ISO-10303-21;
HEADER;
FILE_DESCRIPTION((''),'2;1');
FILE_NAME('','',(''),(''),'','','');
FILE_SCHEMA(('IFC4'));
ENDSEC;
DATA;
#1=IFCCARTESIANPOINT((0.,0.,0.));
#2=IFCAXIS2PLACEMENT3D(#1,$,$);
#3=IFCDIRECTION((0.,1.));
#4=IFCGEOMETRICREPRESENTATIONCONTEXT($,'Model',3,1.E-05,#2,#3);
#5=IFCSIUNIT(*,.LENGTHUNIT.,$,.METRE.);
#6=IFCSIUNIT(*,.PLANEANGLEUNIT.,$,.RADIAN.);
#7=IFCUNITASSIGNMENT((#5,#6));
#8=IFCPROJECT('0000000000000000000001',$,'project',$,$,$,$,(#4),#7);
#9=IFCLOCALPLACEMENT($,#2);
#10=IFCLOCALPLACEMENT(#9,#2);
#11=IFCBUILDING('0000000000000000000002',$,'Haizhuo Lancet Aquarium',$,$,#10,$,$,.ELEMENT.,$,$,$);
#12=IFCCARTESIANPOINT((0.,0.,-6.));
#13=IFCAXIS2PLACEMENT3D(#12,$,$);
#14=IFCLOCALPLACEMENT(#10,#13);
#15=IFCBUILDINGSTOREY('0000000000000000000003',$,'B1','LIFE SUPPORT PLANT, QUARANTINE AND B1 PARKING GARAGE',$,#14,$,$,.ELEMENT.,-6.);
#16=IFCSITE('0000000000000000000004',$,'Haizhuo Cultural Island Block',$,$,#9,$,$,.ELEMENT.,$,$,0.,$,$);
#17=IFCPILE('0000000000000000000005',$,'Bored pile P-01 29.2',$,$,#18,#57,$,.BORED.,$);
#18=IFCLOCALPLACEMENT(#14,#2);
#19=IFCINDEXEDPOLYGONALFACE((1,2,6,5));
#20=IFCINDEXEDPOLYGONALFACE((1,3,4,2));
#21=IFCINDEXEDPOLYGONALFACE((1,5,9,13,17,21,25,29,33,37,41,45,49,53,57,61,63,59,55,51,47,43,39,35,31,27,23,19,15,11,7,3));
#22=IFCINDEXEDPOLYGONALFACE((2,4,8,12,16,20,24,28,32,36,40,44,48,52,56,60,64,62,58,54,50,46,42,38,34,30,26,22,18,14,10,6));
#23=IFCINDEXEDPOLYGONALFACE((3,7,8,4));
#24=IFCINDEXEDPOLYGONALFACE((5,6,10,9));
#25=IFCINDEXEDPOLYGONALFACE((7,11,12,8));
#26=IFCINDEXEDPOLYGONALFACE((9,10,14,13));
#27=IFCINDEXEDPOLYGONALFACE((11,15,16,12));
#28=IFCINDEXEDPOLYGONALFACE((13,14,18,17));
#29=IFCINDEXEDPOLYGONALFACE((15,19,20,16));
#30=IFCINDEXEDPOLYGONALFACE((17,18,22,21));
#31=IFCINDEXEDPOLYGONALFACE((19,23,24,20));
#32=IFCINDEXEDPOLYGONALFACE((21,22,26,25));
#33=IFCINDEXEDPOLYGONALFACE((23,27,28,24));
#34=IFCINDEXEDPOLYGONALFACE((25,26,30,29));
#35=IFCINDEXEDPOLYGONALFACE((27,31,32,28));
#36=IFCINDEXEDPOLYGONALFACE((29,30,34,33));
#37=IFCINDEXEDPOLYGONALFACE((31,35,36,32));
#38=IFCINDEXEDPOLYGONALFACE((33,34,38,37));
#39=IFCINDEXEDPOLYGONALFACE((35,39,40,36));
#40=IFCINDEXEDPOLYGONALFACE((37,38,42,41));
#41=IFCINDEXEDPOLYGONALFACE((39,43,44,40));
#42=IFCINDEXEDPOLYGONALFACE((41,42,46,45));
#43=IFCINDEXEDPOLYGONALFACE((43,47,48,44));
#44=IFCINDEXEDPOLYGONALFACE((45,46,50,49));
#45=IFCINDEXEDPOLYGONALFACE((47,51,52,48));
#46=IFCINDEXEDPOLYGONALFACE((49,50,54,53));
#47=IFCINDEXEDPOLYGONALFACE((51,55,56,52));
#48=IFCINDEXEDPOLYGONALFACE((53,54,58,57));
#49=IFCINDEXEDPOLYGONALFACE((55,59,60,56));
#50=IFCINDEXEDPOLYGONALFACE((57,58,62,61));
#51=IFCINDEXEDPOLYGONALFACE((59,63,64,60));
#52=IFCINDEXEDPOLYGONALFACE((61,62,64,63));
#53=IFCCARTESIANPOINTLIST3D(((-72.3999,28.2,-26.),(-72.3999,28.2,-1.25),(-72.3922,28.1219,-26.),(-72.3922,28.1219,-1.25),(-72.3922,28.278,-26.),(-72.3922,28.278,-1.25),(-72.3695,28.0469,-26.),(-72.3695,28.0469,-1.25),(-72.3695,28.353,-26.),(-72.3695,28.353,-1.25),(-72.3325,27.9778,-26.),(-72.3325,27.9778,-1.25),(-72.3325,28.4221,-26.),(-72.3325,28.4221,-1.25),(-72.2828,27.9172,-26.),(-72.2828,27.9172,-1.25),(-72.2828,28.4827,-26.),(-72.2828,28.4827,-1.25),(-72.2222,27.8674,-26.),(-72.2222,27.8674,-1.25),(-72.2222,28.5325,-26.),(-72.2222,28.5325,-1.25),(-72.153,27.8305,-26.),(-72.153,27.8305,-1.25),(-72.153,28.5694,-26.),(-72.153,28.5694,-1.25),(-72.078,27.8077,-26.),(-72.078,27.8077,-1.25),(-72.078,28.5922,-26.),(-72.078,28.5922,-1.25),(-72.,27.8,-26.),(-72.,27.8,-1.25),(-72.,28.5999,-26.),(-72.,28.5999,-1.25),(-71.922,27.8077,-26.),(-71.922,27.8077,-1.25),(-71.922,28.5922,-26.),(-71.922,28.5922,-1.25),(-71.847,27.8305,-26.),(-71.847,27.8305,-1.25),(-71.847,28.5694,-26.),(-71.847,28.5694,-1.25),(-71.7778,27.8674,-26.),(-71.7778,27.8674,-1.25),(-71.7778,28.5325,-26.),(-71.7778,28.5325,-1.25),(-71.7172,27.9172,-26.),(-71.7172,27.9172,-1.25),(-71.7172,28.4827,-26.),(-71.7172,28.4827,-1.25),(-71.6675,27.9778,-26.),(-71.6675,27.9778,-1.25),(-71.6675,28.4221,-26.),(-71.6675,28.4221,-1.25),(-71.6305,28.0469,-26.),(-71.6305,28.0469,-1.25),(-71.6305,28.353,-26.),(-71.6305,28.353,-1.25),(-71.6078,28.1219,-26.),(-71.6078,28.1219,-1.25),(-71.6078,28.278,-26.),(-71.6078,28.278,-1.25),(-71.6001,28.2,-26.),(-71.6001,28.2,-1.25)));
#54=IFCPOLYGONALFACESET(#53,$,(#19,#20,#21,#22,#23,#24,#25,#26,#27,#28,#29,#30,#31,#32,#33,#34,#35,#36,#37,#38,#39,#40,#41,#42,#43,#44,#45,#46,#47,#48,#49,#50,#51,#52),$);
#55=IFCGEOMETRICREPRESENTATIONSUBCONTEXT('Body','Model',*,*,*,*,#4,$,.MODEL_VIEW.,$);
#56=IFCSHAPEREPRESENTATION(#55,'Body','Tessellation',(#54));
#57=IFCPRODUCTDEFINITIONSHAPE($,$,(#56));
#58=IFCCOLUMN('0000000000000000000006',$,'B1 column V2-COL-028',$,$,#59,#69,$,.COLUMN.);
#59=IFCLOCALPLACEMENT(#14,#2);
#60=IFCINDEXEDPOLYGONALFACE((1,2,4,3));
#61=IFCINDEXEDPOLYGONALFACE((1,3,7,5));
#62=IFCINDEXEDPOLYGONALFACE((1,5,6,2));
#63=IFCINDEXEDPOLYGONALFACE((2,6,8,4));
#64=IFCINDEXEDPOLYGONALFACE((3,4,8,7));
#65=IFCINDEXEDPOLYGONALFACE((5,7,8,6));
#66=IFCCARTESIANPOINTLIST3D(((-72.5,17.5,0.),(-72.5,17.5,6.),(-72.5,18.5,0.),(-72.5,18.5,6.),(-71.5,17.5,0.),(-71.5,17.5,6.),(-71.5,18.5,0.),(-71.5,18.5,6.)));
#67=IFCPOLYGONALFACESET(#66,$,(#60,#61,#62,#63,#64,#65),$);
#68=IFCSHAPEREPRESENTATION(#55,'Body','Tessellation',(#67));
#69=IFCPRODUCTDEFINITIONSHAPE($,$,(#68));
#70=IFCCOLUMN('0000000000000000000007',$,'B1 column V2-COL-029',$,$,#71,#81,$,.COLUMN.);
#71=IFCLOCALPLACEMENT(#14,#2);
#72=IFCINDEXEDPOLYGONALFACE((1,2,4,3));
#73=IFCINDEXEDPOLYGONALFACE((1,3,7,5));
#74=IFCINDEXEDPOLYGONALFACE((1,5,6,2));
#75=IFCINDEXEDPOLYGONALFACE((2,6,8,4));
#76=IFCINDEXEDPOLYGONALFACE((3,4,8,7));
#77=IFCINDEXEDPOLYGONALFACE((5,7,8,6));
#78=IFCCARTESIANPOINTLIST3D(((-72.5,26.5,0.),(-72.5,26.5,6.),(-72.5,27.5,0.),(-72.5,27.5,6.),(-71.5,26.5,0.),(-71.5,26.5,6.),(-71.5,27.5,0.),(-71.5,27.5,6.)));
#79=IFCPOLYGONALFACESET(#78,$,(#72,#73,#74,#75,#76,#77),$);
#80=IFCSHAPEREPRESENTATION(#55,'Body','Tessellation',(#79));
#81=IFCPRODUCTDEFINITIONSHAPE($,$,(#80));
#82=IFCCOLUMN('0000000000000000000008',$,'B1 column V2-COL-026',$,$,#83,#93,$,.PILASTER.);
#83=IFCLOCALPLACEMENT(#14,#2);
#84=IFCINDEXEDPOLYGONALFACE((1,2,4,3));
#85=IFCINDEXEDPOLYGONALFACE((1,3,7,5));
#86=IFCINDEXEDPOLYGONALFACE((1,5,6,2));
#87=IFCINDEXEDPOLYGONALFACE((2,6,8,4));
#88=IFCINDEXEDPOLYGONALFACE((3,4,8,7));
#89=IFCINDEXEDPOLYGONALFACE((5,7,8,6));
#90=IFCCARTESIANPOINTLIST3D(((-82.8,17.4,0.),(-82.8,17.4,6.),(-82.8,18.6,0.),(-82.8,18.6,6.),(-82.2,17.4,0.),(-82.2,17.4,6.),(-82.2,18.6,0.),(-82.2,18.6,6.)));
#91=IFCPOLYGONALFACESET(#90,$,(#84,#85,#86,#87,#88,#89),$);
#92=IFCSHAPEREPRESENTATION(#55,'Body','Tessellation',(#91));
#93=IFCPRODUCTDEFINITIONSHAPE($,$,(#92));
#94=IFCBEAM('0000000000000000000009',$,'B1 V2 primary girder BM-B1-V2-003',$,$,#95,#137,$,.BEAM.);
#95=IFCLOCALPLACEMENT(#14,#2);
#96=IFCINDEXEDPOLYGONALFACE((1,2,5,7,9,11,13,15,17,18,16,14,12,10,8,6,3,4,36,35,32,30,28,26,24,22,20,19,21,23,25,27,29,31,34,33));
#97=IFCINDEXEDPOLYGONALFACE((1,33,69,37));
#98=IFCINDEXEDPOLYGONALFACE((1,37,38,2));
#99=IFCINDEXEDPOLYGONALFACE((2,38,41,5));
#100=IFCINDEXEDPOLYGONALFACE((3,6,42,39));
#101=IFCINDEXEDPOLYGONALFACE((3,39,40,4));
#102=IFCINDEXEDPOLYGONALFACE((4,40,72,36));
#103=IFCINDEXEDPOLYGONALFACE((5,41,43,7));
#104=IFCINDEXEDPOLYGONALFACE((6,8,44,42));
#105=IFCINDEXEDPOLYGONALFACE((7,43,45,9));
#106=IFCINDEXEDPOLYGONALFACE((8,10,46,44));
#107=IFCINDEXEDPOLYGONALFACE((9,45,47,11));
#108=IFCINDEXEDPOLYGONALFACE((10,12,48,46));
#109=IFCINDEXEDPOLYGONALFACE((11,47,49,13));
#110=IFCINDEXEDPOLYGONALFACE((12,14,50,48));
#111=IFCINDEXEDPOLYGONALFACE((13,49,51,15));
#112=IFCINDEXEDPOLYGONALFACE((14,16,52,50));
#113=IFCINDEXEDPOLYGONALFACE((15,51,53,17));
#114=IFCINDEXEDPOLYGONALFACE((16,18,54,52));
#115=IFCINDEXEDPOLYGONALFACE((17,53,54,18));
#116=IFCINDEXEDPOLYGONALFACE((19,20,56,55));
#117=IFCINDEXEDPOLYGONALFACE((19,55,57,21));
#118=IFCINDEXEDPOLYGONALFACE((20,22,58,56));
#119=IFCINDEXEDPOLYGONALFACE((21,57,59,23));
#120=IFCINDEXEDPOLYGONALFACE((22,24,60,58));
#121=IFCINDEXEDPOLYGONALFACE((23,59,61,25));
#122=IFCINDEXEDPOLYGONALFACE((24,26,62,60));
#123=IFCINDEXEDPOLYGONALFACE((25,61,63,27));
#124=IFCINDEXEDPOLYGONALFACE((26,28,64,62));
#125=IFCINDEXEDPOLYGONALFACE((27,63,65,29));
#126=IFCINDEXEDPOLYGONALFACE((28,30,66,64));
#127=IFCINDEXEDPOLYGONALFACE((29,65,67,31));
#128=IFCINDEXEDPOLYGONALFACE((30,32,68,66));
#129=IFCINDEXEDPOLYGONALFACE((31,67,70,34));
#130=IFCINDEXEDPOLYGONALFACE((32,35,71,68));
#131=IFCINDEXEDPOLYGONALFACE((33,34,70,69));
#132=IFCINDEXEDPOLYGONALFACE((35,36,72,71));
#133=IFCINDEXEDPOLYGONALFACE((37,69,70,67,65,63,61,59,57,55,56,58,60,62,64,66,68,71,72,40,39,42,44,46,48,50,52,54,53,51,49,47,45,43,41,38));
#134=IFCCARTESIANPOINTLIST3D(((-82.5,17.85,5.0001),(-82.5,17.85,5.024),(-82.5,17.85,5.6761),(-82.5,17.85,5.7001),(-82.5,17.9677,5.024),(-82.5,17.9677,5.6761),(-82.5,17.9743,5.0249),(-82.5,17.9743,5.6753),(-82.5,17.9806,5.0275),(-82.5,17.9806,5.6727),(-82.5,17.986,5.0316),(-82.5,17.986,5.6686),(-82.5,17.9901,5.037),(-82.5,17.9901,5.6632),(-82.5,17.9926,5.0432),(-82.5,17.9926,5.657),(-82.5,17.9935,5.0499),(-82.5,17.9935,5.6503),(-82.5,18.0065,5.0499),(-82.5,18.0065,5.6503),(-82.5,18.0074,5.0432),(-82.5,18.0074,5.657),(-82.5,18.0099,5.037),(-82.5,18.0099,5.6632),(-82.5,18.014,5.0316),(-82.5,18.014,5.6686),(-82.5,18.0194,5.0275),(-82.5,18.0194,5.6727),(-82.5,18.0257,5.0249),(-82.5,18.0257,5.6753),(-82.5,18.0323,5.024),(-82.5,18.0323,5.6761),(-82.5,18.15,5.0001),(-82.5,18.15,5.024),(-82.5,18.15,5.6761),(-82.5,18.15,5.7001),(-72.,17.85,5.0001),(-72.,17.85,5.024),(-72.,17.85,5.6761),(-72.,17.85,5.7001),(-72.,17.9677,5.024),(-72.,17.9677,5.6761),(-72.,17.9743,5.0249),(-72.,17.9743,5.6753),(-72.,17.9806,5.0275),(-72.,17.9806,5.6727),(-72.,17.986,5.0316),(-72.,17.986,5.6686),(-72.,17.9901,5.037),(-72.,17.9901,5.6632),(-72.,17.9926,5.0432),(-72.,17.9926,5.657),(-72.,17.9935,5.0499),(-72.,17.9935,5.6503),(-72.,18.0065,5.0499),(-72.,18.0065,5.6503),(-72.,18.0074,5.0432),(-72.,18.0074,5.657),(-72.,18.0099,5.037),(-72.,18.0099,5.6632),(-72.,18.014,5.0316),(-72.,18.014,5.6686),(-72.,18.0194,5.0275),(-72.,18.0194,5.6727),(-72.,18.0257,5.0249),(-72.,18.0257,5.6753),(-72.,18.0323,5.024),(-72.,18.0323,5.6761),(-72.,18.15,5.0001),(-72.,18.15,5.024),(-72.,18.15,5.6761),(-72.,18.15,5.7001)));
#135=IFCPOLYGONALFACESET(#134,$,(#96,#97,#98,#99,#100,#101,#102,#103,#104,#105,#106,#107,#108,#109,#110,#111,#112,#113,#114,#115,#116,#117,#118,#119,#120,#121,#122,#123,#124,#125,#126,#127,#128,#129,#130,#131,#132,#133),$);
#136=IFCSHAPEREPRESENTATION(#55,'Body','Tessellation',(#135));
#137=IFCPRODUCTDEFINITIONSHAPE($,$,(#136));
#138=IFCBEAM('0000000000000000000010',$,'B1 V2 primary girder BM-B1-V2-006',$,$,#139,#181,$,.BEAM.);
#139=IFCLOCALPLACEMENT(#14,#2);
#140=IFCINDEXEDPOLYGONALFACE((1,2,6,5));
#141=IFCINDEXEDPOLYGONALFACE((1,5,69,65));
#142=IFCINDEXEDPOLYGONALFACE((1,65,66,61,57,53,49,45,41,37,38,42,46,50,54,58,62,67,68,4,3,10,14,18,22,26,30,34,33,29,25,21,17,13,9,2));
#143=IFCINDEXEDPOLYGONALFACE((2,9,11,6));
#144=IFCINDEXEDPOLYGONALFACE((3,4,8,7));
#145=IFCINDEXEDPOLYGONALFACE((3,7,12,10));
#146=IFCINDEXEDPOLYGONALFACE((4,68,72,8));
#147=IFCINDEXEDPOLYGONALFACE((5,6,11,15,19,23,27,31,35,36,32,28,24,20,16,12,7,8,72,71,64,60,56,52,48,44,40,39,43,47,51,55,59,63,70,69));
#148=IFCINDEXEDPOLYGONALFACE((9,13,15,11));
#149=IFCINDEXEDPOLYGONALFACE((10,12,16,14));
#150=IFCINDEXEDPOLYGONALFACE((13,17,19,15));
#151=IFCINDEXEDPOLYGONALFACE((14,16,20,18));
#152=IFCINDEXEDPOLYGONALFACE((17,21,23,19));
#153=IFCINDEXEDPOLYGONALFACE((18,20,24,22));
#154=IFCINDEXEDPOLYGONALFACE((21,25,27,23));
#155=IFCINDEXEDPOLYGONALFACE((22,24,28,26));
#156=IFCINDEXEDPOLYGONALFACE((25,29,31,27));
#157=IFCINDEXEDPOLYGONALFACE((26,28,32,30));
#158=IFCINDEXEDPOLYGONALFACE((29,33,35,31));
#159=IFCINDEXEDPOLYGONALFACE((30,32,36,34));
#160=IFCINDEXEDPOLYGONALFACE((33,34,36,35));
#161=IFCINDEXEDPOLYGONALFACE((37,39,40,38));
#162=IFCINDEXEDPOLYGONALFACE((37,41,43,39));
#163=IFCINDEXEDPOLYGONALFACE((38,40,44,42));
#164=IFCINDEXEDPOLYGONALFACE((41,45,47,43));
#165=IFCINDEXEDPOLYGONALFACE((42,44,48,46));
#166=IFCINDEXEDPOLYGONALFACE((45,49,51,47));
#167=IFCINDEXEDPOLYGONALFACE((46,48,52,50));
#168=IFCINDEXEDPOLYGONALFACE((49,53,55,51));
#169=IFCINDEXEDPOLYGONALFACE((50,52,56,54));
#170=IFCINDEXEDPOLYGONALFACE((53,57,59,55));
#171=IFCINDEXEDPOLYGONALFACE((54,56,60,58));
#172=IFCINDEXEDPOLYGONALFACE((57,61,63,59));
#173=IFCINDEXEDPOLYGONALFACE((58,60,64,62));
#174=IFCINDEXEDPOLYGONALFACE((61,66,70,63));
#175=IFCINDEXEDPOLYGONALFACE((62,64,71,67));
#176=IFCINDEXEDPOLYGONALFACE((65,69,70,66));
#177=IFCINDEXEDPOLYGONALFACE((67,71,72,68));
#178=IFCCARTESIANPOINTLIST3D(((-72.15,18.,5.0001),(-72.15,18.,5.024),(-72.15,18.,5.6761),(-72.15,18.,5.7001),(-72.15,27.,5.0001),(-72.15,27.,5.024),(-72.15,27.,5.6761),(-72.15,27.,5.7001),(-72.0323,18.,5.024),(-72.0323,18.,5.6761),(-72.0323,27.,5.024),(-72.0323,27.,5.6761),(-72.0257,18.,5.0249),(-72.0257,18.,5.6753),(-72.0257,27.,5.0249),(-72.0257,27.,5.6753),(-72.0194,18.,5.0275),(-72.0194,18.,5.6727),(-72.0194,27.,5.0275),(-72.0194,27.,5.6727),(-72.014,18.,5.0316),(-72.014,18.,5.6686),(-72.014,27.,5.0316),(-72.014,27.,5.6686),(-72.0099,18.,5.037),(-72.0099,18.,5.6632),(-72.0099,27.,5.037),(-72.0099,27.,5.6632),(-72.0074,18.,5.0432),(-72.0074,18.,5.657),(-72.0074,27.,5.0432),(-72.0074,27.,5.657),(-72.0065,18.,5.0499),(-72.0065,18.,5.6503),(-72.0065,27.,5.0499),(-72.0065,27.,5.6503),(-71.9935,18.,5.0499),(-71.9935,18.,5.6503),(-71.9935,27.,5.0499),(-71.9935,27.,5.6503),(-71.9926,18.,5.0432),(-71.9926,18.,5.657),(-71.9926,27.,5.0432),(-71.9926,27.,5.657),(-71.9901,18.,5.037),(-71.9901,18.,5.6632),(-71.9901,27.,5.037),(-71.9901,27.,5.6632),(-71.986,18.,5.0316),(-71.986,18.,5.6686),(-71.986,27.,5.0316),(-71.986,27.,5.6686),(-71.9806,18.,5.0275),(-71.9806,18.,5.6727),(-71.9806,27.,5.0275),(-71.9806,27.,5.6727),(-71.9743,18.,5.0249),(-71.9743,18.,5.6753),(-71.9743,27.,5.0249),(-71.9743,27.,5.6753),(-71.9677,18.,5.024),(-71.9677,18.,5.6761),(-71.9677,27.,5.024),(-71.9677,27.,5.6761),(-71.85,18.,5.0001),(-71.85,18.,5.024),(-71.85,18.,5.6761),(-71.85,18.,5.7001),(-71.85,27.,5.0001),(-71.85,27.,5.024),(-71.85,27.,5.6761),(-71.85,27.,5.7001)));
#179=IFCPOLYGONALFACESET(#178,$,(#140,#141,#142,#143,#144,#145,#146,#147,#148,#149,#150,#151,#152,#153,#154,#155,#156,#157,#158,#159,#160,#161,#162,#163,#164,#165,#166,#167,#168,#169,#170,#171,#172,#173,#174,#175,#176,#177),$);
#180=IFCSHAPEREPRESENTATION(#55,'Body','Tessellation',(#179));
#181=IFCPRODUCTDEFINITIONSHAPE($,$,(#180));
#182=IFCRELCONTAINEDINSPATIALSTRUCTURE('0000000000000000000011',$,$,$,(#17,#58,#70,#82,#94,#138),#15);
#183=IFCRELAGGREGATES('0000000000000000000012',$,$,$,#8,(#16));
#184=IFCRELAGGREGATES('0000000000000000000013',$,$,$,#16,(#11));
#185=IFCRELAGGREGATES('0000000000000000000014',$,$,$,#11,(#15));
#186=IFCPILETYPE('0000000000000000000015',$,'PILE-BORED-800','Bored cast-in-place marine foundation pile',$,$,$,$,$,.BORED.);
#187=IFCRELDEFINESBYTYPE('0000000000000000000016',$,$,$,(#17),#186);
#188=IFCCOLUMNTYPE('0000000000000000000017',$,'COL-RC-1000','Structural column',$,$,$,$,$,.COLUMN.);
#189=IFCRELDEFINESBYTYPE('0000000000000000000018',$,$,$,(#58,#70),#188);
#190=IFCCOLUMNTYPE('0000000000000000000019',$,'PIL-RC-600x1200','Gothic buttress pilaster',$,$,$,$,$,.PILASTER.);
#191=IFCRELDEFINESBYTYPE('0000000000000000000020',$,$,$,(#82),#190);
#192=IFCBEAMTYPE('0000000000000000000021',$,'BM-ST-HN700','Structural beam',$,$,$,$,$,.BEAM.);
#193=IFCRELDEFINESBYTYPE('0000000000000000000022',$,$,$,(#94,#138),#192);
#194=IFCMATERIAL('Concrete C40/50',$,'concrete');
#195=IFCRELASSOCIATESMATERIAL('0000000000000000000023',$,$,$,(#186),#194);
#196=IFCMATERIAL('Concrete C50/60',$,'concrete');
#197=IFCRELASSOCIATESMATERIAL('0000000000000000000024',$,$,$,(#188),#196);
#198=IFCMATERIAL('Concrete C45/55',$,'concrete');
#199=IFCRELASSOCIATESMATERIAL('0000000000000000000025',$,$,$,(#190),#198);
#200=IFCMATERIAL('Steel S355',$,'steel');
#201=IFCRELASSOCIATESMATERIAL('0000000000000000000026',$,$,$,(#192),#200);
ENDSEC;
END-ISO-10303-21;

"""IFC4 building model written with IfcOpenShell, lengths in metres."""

from ifc_helpers import new_model, si_unit, direction, frame, origin, origin_2d, place, context, subcontext, project, spatial, rectangle, circle, i_section, extrude, material, material_profile, profile_set, type_object, element, save


model = new_model("IFC4")

# Units and contexts
model_context = context("Model", 3, precision=1e-05, world=origin(), true_north=direction((0.0, 1.0)))
body_context = subcontext(model_context, "Body", "Model", "MODEL_VIEW")
ifc_project = project(units=[si_unit("LENGTHUNIT", "METRE"), si_unit("PLANEANGLEUNIT", "RADIAN")], contexts=[model_context])

# Site, building, storey
site_placement = place(None, origin())
site = spatial("IfcSite", under=ifc_project, at=site_placement, Name="Haizhuo Cultural Island Block", CompositionType="ELEMENT", RefElevation=0.0)
building_placement = place(site_placement, origin())
building = spatial("IfcBuilding", under=site, at=building_placement, Name="Haizhuo Lancet Aquarium", CompositionType="ELEMENT")
storey_placement = place(building_placement, frame((0.0, 0.0, -6.0)))
storey = spatial("IfcBuildingStorey", under=building, at=storey_placement, Name="B1", Description="LIFE SUPPORT PLANT, QUARANTINE AND B1 PARKING GARAGE", CompositionType="ELEMENT", Elevation=-6.0)

# Shared definitions
ifc_material_1 = material(Name="Concrete C40/50", Category="concrete")

# Pile
ifc_material_profile_1 = material_profile(ifc_material_1, circle(Radius=0.3999, at=origin_2d()), Name="PILE-800")
ifc_profile_set_1 = profile_set([ifc_material_profile_1], Name="Concrete C40/50")
pile_type_1 = type_object("IfcPileType", Name="PILE-BORED-800", Description="Bored cast-in-place marine foundation pile", PredefinedType="BORED", material=ifc_profile_set_1)
for number, where, z_axis, x_axis, name in (
    (1, (-72.0, 28.2, -1.25), (0.0, 0.0, -1.0), (1.0, 0.0, 0.0), "Bored pile P-01 29.2"),
):
    element("IfcPile", number, at=place(storey_placement, frame(where, z_axis=z_axis, x_axis=x_axis)), inside=storey, type_object=pile_type_1, Name=name, PredefinedType="BORED", context=body_context, shape_type="SweptSolid", body=[
        extrude(circle(Radius=0.3999, at=origin_2d()), origin(), (0.0, 0.0, 1.0), 24.75),
    ])

# Columns
ifc_material_2 = material(Name="Concrete C50/60", Category="concrete")
ifc_material_profile_2 = material_profile(ifc_material_2, rectangle(XDim=1.0, YDim=1.0, at=origin_2d()), Name="RC-COL 1000x1000")
ifc_profile_set_2 = profile_set([ifc_material_profile_2], Name="Concrete C50/60")
column_type_1 = type_object("IfcColumnType", Name="COL-RC-1000", Description="Structural column", PredefinedType="COLUMN", material=ifc_profile_set_2)
for number, where, z_axis, x_axis, name in (
    (2, (-72.0, 18.0, 0.0), (0.0, 0.0, 1.0), (1.0, 0.0, 0.0), "B1 column V2-COL-028"),
    (3, (-72.0, 27.0, 0.0), (0.0, 0.0, 1.0), (1.0, 0.0, 0.0), "B1 column V2-COL-029"),
):
    element("IfcColumn", number, at=place(storey_placement, frame(where, z_axis=z_axis, x_axis=x_axis)), inside=storey, type_object=column_type_1, Name=name, PredefinedType="COLUMN", context=body_context, shape_type="SweptSolid", body=[
        extrude(rectangle(XDim=1.0, YDim=1.0, at=origin_2d()), origin(), (0.0, 0.0, 1.0), 6.0),
    ])
ifc_material_3 = material(Name="Concrete C45/55", Category="concrete")
ifc_material_profile_3 = material_profile(ifc_material_3, rectangle(XDim=0.6001, YDim=1.2, at=origin_2d()), Name="RC-PIL 600x1200")
ifc_profile_set_3 = profile_set([ifc_material_profile_3], Name="Concrete C45/55")
column_type_2 = type_object("IfcColumnType", Name="PIL-RC-600x1200", Description="Gothic buttress pilaster", PredefinedType="PILASTER", material=ifc_profile_set_3)
column_placement = place(storey_placement, frame((-82.5, 18.0, 0.0), z_axis=(0.0, 0.0, 1.0), x_axis=(1.0, 0.0, 0.0)))
element("IfcColumn", 4, at=column_placement, inside=storey, type_object=column_type_2, Name="B1 column V2-COL-026", PredefinedType="PILASTER", context=body_context, shape_type="SweptSolid", body=[
    extrude(rectangle(XDim=0.6001, YDim=1.2, at=origin_2d()), origin(), (0.0, 0.0, 1.0), 6.0),
])

# Beams
ifc_material_4 = material(Name="Steel S355", Category="steel")
ifc_material_profile_4 = material_profile(ifc_material_4, i_section(OverallWidth=0.3, OverallDepth=0.7, WebThickness=0.0129, FlangeThickness=0.0239, FilletRadius=0.0259, at=origin_2d()), Name="HN 700x300x13x24")
ifc_profile_set_4 = profile_set([ifc_material_profile_4], Name="Steel S355")
beam_type_1 = type_object("IfcBeamType", Name="BM-ST-HN700", Description="Structural beam", PredefinedType="BEAM", material=ifc_profile_set_4)
beam_1_placement = place(storey_placement, frame((-82.5, 18.0, 5.3501), z_axis=(1.0, 0.0, 0.0), x_axis=(0.0, 1.0, 0.0)))
element("IfcBeam", 5, at=beam_1_placement, inside=storey, type_object=beam_type_1, Name="B1 V2 primary girder BM-B1-V2-003", PredefinedType="BEAM", context=body_context, shape_type="SweptSolid", body=[
    extrude(i_section(OverallWidth=0.3, OverallDepth=0.7, WebThickness=0.0129, FlangeThickness=0.0239, FilletRadius=0.0259, at=origin_2d()), origin(), (0.0, 0.0, 1.0), 10.5),
])
for number, where, z_axis, x_axis, name in (
    (6, (-72.0, 18.0, 5.3501), (0.0, 1.0, 0.0), (-1.0, 0.0, 0.0), "B1 V2 primary girder BM-B1-V2-006"),
):
    element("IfcBeam", number, at=place(storey_placement, frame(where, z_axis=z_axis, x_axis=x_axis)), inside=storey, type_object=beam_type_1, Name=name, PredefinedType="BEAM", context=body_context, shape_type="SweptSolid", body=[
        extrude(i_section(OverallWidth=0.3, OverallDepth=0.7, WebThickness=0.0129, FlangeThickness=0.0239, FilletRadius=0.0259, at=origin_2d()), origin(), (0.0, 0.0, 1.0), 9.0),
    ])

save(model, "model.ifc")
